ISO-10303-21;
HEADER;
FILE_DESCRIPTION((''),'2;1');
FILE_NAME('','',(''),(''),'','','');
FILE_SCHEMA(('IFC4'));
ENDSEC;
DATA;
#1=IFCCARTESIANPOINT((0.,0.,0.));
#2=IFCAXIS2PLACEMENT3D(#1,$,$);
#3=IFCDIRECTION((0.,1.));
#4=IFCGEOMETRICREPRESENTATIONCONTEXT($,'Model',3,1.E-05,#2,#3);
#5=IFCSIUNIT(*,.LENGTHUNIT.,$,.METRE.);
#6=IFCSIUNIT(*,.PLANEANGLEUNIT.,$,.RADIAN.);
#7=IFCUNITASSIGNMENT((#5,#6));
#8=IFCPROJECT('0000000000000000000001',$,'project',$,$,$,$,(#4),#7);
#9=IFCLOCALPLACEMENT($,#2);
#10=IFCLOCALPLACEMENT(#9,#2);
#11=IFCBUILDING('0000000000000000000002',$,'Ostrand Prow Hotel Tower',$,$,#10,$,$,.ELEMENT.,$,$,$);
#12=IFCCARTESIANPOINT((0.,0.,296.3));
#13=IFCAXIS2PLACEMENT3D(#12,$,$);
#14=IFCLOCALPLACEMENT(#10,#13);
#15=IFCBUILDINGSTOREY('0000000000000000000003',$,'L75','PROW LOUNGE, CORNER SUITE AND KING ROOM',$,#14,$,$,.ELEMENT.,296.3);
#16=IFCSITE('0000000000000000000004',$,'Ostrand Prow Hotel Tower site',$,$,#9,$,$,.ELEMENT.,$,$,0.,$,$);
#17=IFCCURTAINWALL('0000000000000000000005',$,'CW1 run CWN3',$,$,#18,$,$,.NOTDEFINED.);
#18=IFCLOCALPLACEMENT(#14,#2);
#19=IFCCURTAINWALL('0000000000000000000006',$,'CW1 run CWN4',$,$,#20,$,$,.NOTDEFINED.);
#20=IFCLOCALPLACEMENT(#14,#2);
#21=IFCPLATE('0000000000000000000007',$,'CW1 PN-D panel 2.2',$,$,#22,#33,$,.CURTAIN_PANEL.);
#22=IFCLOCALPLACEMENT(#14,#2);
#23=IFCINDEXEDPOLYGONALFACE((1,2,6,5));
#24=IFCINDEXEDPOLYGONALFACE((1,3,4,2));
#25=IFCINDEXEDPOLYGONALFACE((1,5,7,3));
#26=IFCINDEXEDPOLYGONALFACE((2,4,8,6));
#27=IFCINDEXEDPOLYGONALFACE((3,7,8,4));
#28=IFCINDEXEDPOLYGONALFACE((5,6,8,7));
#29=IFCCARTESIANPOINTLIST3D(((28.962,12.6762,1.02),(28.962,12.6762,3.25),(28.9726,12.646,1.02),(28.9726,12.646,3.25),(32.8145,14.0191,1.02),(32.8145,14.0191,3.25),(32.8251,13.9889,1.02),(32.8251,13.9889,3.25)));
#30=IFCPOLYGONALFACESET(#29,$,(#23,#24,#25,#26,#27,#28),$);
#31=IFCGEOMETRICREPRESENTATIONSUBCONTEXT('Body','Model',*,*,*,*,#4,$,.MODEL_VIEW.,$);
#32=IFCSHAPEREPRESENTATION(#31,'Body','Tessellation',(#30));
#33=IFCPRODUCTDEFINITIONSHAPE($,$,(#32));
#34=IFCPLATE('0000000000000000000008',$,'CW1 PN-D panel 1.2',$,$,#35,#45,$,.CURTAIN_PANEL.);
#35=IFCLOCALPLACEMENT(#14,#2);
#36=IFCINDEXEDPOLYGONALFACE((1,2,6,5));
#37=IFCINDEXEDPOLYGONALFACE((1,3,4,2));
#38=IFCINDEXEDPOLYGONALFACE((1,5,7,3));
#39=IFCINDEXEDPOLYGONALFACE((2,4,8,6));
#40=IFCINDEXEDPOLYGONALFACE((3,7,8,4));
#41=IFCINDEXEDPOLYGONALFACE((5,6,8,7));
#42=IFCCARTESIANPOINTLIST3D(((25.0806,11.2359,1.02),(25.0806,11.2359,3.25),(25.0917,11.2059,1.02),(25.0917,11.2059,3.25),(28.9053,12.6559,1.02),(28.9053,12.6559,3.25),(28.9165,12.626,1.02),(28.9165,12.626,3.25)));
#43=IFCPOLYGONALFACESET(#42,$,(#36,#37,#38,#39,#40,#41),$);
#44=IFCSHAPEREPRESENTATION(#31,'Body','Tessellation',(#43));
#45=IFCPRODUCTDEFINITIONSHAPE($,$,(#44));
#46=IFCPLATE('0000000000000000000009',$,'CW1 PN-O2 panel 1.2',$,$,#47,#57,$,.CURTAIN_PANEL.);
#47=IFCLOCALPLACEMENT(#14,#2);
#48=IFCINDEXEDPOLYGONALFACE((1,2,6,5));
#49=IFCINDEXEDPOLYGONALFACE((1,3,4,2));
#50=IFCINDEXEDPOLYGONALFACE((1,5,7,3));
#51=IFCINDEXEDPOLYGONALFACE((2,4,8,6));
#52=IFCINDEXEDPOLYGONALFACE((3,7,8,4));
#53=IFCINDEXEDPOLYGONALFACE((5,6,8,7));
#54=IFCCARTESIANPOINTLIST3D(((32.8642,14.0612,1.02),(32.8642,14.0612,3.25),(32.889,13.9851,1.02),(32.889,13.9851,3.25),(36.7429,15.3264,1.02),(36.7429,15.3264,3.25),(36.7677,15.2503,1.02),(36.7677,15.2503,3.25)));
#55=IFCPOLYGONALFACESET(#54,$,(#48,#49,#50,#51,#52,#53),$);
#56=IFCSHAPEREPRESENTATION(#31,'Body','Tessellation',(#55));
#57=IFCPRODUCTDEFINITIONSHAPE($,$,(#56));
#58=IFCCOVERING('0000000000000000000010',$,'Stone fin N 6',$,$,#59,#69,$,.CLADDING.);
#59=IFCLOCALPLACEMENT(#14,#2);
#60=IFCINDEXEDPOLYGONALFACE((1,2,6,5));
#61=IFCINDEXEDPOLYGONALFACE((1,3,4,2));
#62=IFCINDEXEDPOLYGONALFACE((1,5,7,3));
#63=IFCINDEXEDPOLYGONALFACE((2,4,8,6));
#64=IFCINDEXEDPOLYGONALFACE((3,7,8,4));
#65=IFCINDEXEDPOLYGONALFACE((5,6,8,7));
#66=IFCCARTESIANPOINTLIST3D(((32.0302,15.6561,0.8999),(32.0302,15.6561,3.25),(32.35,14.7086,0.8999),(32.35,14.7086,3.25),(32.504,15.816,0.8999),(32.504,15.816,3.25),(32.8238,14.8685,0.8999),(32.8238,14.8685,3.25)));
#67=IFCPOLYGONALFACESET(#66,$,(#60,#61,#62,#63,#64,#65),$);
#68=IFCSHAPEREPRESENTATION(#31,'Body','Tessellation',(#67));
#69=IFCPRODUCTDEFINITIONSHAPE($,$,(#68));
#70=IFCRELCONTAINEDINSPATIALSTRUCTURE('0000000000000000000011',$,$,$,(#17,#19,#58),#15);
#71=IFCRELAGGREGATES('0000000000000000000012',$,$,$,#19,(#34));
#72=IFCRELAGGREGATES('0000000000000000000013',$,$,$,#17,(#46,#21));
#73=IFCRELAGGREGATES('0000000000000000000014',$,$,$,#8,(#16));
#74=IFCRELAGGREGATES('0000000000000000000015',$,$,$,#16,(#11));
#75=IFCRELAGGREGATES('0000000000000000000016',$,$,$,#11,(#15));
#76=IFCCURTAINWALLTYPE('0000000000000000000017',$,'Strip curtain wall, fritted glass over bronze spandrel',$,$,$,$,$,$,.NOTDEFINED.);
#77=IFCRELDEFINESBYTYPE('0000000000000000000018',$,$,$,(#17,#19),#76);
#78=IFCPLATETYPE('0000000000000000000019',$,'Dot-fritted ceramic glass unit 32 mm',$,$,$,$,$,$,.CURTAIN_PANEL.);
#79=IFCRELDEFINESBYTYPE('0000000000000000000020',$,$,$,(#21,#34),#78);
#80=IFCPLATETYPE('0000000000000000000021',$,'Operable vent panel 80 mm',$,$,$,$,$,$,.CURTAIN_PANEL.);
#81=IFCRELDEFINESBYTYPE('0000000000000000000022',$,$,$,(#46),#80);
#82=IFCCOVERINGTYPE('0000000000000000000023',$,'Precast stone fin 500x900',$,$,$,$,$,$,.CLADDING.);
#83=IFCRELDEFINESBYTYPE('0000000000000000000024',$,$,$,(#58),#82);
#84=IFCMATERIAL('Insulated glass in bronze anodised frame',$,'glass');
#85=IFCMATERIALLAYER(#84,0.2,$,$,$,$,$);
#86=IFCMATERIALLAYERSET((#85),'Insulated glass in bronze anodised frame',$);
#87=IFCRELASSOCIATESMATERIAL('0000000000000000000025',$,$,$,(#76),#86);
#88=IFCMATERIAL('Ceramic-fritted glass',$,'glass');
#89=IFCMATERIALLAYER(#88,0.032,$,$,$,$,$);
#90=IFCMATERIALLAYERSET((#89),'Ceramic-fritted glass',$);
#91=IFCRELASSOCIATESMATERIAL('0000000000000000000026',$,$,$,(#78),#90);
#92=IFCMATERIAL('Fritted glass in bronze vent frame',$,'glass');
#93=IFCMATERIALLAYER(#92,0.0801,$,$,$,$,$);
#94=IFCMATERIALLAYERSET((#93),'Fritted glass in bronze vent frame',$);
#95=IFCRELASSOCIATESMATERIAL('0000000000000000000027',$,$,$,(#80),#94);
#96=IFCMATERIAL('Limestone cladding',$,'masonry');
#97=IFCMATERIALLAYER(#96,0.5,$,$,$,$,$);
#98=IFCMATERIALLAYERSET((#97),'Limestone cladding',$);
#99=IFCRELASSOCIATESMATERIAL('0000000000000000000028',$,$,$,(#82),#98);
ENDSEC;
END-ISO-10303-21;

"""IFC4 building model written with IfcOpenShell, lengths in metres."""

from ifc_helpers import new_model, si_unit, direction, frame, frame_2d, origin, origin_2d, place, context, subcontext, project, spatial, rectangle, extrude, material, layer, layer_set, type_object, element, aggregate, save


model = new_model("IFC4")

# Units and contexts
model_context = context("Model", 3, precision=1e-05, world=origin(), true_north=direction((0.0, 1.0)))
body_context = subcontext(model_context, "Body", "Model", "MODEL_VIEW")
ifc_project = project(units=[si_unit("LENGTHUNIT", "METRE"), si_unit("PLANEANGLEUNIT", "RADIAN")], contexts=[model_context])

# Site, building, storey
site_placement = place(None, origin())
site = spatial("IfcSite", under=ifc_project, at=site_placement, Name="Ostrand Prow Hotel Tower site", CompositionType="ELEMENT", RefElevation=0.0)
building_placement = place(site_placement, origin())
building = spatial("IfcBuilding", under=site, at=building_placement, Name="Ostrand Prow Hotel Tower", CompositionType="ELEMENT")
storey_placement = place(building_placement, frame((0.0, 0.0, 296.3)))
storey = spatial("IfcBuildingStorey", under=building, at=storey_placement, Name="L75", Description="PROW LOUNGE, CORNER SUITE AND KING ROOM", CompositionType="ELEMENT", Elevation=296.3)

# Curtain wall
ifc_material_1 = material(Name="Insulated glass in bronze anodised frame", Category="glass")
ifc_layer_1 = layer(ifc_material_1, 0.2)
ifc_layer_set_1 = layer_set([ifc_layer_1], Name="Insulated glass in bronze anodised frame")
curtain_wall_type = type_object("IfcCurtainWallType", Name="Strip curtain wall, fritted glass over bronze spandrel", PredefinedType="NOTDEFINED", material=ifc_layer_set_1)
curtain_wall_1_placement = place(storey_placement, origin())
curtain_wall_1 = element("IfcCurtainWall", 1, at=curtain_wall_1_placement, inside=storey, type_object=curtain_wall_type, Name="CW1 run CWN3", PredefinedType="NOTDEFINED")

# Curtain wall
curtain_wall_2_placement = place(storey_placement, origin())
curtain_wall_2 = element("IfcCurtainWall", 2, at=curtain_wall_2_placement, inside=storey, type_object=curtain_wall_type, Name="CW1 run CWN4", PredefinedType="NOTDEFINED")

# Plates
ifc_material_2 = material(Name="Ceramic-fritted glass", Category="glass")
ifc_layer_2 = layer(ifc_material_2, 0.032)
ifc_layer_set_2 = layer_set([ifc_layer_2], Name="Ceramic-fritted glass")
plate_type_1 = type_object("IfcPlateType", Name="Dot-fritted ceramic glass unit 32 mm", PredefinedType="CURTAIN_PANEL", material=ifc_layer_set_2)
plate_1_placement = place(storey_placement, frame((30.8936, 13.3325, 1.02), z_axis=(0.0, 0.0, 1.0), x_axis=(-0.944275, -0.329158, 0.0)))
plate_1 = element("IfcPlate", 3, at=plate_1_placement, type_object=plate_type_1, Name="CW1 PN-D panel 2.2", PredefinedType="CURTAIN_PANEL", context=body_context, shape_type="SweptSolid", body=[
    extrude(rectangle(XDim=4.0798, YDim=0.032, at=origin_2d()), origin(), (0.0, 0.0, 1.0), 2.23),
])
plate_2_placement = place(storey_placement, frame((26.9985, 11.9309, 1.02), z_axis=(0.0, 0.0, 1.0), x_axis=(-0.937468, -0.348071, 0.0)))
plate_2 = element("IfcPlate", 4, at=plate_2_placement, type_object=plate_type_1, Name="CW1 PN-D panel 1.2", PredefinedType="CURTAIN_PANEL", context=body_context, shape_type="SweptSolid", body=[
    extrude(rectangle(XDim=4.0798, YDim=0.032, at=origin_2d()), origin(), (0.0, 0.0, 1.0), 2.23),
])
aggregate(curtain_wall_2, [plate_2])
ifc_material_3 = material(Name="Fritted glass in bronze vent frame", Category="glass")
ifc_layer_3 = layer(ifc_material_3, 0.0801)
ifc_layer_set_3 = layer_set([ifc_layer_3], Name="Fritted glass in bronze vent frame")
plate_type_2 = type_object("IfcPlateType", Name="Operable vent panel 80 mm", PredefinedType="CURTAIN_PANEL", material=ifc_layer_set_3)
plate_3_placement = place(storey_placement, frame((34.8159, 14.6558, 1.02), z_axis=(0.0, 0.0, 1.0), x_axis=(-0.9507, -0.310111, 0.0)))
plate_3 = element("IfcPlate", 5, at=plate_3_placement, type_object=plate_type_2, Name="CW1 PN-O2 panel 1.2", PredefinedType="CURTAIN_PANEL", context=body_context, shape_type="SweptSolid", body=[
    extrude(rectangle(XDim=4.0798, YDim=0.0801, at=origin_2d()), origin(), (0.0, 0.0, 1.0), 2.23),
])
aggregate(curtain_wall_1, [plate_3, plate_1])

# Covering
ifc_material_4 = material(Name="Limestone cladding", Category="masonry")
ifc_layer_4 = layer(ifc_material_4, 0.5)
ifc_layer_set_4 = layer_set([ifc_layer_4], Name="Limestone cladding")
covering_type = type_object("IfcCoveringType", Name="Precast stone fin 500x900", PredefinedType="CLADDING", material=ifc_layer_set_4)
covering_placement = place(storey_placement, frame((32.5869, 14.7886, 0.8999), z_axis=(0.0, 0.0, 1.0), x_axis=(-0.319814, 0.94748, 0.0)))
element("IfcCovering", 6, at=covering_placement, inside=storey, type_object=covering_type, Name="Stone fin N 6", PredefinedType="CLADDING", context=body_context, shape_type="SweptSolid", body=[
    extrude(rectangle(XDim=1.0, YDim=0.5, at=frame_2d((0.5, 0.0))), origin(), (0.0, 0.0, 1.0), 2.3501),
])

save(model, "model.ifc")
